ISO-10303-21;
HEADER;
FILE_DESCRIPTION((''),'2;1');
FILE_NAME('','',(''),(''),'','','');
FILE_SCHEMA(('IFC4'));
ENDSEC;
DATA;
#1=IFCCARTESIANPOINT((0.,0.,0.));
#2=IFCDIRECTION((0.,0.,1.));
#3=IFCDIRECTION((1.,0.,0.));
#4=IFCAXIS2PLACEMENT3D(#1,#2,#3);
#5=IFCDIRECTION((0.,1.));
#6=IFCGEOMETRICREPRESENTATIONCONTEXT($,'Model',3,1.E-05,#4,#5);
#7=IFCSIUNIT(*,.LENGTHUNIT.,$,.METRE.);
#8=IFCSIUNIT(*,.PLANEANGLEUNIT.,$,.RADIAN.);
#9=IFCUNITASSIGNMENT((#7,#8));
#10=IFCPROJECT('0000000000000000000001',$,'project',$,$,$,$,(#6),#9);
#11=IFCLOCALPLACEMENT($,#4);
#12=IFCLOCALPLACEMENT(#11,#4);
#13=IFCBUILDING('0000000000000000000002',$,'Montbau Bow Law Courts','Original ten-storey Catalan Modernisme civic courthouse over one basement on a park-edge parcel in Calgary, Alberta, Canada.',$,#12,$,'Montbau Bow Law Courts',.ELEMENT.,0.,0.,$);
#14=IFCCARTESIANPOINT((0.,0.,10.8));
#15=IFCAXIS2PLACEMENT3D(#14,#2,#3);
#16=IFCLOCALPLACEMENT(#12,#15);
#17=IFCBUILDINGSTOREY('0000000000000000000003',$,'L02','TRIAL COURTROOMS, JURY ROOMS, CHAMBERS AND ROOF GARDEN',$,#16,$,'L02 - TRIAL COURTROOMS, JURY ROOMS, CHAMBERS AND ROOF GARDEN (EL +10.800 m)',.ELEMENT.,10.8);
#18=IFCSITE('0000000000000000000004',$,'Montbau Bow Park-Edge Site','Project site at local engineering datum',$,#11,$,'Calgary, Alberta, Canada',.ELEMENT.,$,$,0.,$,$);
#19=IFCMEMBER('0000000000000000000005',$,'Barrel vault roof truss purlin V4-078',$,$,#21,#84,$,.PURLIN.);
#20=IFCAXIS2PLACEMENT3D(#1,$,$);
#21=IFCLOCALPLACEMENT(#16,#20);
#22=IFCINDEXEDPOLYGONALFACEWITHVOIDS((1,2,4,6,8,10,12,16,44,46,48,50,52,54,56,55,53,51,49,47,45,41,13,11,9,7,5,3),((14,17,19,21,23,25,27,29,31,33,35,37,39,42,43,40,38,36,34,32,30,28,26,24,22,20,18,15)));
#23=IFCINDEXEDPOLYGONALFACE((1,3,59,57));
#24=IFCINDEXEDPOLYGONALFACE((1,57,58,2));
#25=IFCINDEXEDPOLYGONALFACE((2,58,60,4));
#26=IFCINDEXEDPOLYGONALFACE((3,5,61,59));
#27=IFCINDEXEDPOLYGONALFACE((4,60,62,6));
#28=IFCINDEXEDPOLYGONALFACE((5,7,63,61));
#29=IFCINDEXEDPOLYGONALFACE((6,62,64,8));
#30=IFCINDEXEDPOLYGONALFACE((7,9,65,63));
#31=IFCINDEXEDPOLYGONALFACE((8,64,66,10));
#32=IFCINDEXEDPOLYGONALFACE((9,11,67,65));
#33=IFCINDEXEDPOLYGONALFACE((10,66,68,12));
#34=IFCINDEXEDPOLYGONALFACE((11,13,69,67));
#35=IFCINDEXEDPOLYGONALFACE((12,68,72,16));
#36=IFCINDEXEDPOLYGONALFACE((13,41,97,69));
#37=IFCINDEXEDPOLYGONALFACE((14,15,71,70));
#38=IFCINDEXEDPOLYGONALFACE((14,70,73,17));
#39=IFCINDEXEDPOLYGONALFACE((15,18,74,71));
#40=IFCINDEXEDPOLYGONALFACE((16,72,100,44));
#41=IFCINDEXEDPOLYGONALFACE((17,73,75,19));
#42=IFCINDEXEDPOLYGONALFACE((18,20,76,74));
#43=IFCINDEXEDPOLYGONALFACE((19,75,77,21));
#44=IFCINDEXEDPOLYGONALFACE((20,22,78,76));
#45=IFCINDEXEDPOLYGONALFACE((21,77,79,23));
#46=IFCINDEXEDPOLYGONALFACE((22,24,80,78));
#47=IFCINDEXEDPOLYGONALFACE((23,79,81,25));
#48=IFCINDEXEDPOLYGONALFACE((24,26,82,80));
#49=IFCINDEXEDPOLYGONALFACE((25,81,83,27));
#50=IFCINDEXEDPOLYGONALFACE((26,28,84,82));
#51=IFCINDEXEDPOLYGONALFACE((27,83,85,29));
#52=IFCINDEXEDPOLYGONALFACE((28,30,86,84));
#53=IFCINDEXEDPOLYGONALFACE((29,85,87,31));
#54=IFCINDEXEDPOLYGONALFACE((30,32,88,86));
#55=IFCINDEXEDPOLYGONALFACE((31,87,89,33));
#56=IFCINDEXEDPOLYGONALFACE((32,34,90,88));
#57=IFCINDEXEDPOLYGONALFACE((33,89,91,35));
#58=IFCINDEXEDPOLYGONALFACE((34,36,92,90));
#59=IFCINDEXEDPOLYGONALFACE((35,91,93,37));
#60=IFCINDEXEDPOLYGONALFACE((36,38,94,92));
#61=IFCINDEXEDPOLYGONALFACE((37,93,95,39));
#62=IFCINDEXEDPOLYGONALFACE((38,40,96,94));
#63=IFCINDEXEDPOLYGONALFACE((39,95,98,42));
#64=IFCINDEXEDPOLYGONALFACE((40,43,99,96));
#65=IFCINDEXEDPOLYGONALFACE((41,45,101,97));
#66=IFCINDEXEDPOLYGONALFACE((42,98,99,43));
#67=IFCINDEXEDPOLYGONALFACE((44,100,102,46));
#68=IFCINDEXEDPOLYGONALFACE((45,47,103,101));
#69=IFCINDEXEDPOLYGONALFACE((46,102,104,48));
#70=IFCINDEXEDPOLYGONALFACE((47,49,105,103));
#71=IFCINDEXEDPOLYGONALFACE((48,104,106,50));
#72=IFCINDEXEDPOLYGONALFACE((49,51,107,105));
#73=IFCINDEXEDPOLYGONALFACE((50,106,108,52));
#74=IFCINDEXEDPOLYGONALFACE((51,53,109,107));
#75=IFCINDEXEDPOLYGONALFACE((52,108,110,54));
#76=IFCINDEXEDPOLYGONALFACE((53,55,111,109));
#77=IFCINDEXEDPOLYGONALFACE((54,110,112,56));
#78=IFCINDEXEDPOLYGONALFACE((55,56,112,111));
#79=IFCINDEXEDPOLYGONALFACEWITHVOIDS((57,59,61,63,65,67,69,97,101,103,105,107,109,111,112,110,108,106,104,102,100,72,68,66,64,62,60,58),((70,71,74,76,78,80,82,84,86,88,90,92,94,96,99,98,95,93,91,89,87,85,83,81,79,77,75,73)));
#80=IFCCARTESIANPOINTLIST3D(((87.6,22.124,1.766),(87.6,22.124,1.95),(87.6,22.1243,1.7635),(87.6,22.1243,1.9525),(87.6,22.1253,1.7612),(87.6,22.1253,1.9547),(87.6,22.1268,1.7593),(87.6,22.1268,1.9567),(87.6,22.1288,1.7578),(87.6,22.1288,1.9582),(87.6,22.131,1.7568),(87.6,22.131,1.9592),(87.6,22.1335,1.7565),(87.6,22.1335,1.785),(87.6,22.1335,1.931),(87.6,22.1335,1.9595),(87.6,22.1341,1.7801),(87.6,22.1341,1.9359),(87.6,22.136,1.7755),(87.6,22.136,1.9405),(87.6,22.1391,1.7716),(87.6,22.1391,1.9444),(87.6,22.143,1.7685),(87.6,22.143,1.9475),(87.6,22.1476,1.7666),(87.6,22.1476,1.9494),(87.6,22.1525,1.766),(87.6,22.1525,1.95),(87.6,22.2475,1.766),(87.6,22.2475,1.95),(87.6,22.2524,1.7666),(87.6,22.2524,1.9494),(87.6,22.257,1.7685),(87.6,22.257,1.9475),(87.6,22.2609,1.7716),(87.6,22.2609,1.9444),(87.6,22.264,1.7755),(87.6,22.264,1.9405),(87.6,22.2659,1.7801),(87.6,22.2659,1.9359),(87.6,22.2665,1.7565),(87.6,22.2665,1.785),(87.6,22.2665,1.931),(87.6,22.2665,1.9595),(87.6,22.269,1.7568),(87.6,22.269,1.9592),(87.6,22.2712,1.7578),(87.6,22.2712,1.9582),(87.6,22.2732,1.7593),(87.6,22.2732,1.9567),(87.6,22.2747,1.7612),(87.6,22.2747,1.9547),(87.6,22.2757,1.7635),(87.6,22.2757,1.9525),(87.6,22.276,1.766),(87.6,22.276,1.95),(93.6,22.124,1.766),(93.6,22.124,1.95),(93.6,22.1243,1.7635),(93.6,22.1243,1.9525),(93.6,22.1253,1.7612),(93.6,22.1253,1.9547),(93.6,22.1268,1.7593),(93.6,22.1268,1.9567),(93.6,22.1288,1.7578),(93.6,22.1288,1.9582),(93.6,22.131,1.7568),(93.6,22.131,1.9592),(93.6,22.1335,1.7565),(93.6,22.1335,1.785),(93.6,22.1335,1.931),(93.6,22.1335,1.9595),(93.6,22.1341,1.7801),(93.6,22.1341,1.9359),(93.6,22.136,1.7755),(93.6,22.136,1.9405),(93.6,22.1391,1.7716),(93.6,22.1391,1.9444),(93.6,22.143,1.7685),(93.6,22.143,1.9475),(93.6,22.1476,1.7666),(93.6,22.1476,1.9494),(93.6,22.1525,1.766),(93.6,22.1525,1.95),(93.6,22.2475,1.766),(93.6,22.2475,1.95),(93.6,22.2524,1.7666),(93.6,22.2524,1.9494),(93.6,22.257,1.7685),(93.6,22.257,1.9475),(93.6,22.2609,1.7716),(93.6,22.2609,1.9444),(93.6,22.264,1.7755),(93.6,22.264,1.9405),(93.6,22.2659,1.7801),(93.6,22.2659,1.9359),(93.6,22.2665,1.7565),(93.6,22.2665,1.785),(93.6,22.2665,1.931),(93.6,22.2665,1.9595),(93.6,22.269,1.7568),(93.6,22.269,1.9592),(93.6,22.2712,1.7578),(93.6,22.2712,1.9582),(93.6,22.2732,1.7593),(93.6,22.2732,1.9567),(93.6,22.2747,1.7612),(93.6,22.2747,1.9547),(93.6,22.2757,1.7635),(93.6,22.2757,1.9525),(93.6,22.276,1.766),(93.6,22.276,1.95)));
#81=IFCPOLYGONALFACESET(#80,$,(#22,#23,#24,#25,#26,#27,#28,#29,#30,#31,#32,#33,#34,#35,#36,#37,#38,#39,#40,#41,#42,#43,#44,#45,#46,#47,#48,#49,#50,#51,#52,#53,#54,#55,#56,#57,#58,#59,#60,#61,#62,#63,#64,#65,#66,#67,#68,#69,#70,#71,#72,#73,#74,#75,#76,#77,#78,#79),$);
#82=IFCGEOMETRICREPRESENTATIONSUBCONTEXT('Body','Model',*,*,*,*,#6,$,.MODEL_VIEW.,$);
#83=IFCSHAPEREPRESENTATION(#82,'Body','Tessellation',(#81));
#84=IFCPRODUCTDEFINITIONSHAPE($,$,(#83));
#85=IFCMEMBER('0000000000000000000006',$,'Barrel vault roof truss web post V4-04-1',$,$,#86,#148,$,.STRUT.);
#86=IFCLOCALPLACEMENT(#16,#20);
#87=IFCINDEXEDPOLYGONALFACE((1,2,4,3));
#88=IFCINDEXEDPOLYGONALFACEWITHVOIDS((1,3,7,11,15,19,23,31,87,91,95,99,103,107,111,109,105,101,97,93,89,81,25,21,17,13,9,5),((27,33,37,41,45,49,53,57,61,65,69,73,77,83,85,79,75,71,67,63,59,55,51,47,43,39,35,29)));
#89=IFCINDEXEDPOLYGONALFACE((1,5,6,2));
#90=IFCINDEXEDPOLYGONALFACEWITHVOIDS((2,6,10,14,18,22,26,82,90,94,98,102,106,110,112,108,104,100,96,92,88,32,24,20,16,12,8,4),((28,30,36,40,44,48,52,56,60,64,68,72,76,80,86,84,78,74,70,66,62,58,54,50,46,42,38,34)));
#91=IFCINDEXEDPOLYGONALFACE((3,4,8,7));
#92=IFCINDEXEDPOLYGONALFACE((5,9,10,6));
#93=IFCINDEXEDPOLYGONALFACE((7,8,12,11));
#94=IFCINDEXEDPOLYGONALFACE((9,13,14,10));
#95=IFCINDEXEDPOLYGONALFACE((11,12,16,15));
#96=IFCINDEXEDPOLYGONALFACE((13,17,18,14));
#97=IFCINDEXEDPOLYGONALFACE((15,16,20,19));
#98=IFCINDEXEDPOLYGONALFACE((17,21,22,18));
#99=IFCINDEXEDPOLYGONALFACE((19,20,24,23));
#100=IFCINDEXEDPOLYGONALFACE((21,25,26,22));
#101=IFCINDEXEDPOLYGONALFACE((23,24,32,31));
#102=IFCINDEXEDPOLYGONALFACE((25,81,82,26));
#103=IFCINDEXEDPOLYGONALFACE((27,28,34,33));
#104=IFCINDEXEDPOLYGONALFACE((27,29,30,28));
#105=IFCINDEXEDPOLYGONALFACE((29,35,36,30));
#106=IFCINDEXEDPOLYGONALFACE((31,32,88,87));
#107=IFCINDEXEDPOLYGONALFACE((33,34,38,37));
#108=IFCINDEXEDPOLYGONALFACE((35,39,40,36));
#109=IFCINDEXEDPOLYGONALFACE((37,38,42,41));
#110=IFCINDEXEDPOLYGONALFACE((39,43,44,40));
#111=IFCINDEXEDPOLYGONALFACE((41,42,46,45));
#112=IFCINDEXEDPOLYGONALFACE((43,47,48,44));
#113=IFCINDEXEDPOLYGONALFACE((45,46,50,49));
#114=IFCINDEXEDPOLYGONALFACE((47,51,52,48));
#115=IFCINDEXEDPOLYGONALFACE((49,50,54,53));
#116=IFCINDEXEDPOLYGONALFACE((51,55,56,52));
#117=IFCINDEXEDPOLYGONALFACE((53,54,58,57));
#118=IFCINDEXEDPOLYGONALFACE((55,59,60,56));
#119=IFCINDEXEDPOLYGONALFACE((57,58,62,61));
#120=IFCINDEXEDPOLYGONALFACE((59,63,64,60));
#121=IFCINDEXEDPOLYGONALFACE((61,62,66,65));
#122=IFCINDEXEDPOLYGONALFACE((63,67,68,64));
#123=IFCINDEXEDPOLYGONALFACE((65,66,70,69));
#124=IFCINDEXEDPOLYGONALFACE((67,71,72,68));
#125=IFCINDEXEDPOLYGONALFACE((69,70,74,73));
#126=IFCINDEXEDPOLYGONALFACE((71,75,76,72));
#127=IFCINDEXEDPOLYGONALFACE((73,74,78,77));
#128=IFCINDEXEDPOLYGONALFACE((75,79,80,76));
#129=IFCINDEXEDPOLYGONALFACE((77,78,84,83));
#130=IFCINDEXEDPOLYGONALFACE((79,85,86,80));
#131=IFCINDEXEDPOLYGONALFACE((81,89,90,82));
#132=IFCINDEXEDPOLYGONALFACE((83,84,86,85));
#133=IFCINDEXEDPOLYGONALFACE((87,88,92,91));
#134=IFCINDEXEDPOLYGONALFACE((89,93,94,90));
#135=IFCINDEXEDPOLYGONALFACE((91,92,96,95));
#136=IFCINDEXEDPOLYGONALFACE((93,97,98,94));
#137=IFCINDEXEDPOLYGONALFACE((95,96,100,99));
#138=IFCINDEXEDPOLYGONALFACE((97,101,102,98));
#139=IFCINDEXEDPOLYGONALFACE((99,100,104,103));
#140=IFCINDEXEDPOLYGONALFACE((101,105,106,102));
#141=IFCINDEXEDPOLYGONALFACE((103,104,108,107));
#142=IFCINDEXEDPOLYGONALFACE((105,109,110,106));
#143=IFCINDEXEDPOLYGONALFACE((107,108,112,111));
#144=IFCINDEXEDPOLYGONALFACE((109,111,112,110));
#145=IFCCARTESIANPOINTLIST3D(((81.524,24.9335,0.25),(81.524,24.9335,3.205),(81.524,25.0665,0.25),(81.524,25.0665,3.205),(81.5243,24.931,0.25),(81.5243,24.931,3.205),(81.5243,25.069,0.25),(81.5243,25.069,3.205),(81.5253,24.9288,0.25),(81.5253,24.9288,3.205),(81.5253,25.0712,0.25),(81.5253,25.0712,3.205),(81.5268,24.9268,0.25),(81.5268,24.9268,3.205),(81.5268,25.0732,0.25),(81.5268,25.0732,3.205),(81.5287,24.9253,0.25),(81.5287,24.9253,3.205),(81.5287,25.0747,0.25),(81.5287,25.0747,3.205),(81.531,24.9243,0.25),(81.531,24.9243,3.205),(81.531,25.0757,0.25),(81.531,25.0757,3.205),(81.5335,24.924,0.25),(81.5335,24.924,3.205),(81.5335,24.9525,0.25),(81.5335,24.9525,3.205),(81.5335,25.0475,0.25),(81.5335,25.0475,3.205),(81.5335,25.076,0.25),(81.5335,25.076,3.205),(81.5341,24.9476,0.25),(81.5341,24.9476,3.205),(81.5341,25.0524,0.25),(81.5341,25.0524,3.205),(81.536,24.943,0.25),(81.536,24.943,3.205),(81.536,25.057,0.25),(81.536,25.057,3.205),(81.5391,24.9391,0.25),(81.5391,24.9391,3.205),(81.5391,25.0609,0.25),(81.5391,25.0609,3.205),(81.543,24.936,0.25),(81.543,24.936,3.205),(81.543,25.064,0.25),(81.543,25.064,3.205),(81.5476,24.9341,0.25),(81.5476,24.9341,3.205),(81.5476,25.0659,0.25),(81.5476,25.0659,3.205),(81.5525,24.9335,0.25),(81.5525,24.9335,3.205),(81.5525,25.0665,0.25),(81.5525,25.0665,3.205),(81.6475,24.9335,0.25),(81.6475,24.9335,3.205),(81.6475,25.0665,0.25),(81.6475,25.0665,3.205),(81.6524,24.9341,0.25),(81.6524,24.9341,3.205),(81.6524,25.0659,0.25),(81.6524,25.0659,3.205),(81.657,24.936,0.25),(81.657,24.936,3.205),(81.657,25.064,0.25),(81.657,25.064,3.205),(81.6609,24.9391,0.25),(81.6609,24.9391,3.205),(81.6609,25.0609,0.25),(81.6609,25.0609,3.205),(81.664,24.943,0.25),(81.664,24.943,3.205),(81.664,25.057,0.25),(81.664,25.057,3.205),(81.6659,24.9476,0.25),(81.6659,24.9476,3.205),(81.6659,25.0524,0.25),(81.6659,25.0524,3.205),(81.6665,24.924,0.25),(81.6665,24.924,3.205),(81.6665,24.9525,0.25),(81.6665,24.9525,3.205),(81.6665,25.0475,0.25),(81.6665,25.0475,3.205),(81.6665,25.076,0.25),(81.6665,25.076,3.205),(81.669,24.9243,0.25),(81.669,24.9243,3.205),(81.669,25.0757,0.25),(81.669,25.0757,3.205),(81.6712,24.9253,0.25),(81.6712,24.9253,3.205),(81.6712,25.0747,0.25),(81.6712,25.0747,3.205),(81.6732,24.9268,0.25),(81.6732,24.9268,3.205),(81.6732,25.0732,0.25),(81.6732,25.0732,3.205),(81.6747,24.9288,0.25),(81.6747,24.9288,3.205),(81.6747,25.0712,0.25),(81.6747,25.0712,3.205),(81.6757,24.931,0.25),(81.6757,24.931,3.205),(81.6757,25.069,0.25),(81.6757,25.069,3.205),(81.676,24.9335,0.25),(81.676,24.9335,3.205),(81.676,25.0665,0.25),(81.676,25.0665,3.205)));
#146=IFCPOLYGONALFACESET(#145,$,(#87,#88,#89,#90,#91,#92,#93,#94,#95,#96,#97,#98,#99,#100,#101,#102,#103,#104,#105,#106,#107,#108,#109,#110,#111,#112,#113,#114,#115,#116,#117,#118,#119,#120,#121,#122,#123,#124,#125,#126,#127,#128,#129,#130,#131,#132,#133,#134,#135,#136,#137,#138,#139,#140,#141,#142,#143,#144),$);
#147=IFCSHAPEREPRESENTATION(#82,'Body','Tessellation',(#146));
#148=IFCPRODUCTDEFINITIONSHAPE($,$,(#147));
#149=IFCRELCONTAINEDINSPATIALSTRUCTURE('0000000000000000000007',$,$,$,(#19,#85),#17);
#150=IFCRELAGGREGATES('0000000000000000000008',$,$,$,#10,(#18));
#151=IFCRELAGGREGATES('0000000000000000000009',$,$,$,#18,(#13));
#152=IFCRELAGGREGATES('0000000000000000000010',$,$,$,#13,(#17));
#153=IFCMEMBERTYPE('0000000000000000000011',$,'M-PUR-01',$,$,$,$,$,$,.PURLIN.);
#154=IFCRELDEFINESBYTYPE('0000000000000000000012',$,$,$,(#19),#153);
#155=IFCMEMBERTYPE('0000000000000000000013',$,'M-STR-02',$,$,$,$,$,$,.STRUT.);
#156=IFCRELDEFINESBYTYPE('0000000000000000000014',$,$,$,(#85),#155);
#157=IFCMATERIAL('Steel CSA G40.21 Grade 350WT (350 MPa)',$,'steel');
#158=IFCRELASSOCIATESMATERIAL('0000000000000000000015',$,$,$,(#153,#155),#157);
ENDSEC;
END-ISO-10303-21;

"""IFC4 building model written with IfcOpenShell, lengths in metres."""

from ifc_helpers import new_model, si_unit, direction, frame, origin_with_axes, origin_2d_with_axis, place, context, subcontext, project, spatial, hollow_rectangle, extrude, material, material_profile, profile_set, type_object, element, save


model = new_model("IFC4")

# Units and contexts
model_context = context("Model", 3, precision=1e-05, world=origin_with_axes(), true_north=direction((0.0, 1.0)))
body_context = subcontext(model_context, "Body", "Model", "MODEL_VIEW")
ifc_project = project(units=[si_unit("LENGTHUNIT", "METRE"), si_unit("PLANEANGLEUNIT", "RADIAN")], contexts=[model_context])

# Site, building, storey
site_placement = place(None, origin_with_axes())
site = spatial("IfcSite", under=ifc_project, at=site_placement, Name="Montbau Bow Park-Edge Site", Description="Project site at local engineering datum", LongName="Calgary, Alberta, Canada", CompositionType="ELEMENT", RefElevation=0.0)
building_placement = place(site_placement, origin_with_axes())
building = spatial("IfcBuilding", under=site, at=building_placement, Name="Montbau Bow Law Courts", Description="Original ten-storey Catalan Modernisme civic courthouse over one basement on a park-edge parcel in Calgary, Alberta, Canada.", LongName="Montbau Bow Law Courts", CompositionType="ELEMENT", ElevationOfRefHeight=0.0, ElevationOfTerrain=0.0)
storey_placement = place(building_placement, frame((0.0, 0.0, 10.8), z_axis=(0.0, 0.0, 1.0), x_axis=(1.0, 0.0, 0.0)))
storey = spatial("IfcBuildingStorey", under=building, at=storey_placement, Name="L02", Description="TRIAL COURTROOMS, JURY ROOMS, CHAMBERS AND ROOF GARDEN", LongName="L02 - TRIAL COURTROOMS, JURY ROOMS, CHAMBERS AND ROOF GARDEN (EL +10.800 m)", CompositionType="ELEMENT", Elevation=10.8)

# Shared definitions
ifc_material_1 = material(Name="Steel CSA G40.21 Grade 350WT (350 MPa)", Category="steel")

# Members
ifc_material_profile_1 = material_profile(ifc_material_1, hollow_rectangle(XDim=0.152, YDim=0.203, WallThickness=0.0095, InnerFilletRadius=0.019, OuterFilletRadius=0.0095, at=origin_2d_with_axis()), Name="HSS203X152X9.5", Category="Main", Priority=0)
ifc_profile_set_1 = profile_set([ifc_material_profile_1], Name="Steel CSA G40.21 Grade 350WT (350 MPa)")
member_type_1 = type_object("IfcMemberType", Name="M-PUR-01", PredefinedType="PURLIN", material=ifc_profile_set_1)
for number, where, z_axis, x_axis, name in (
    (1, (87.6, 22.2, 12.658), (1.0, 0.0, 0.0), (0.0, 1.0, 0.0), "Barrel vault roof truss purlin V4-078"),
):
    element("IfcMember", number, at=place(None, frame(where, z_axis=z_axis, x_axis=x_axis)), inside=storey, type_object=member_type_1, Name=name, PredefinedType="PURLIN", context=body_context, shape_type="SweptSolid", body=[
        extrude(hollow_rectangle(XDim=0.152, YDim=0.203, WallThickness=0.0095, InnerFilletRadius=0.019, OuterFilletRadius=0.0095, at=origin_2d_with_axis()), origin_with_axes(), (0.0, 0.0, 1.0), 6.0),
    ])
ifc_material_profile_2 = material_profile(ifc_material_1, hollow_rectangle(XDim=0.152, YDim=0.152, WallThickness=0.0095, InnerFilletRadius=0.019, OuterFilletRadius=0.0095, at=origin_2d_with_axis()), Name="HSS152X152X9.5", Category="Main", Priority=0)
ifc_profile_set_2 = profile_set([ifc_material_profile_2], Name="Steel CSA G40.21 Grade 350WT (350 MPa)")
member_type_2 = type_object("IfcMemberType", Name="M-STR-02", PredefinedType="STRUT", material=ifc_profile_set_2)
member_1_placement = place(None, frame((81.6, 25.0, 11.05), z_axis=(0.0, 0.0, 1.0), x_axis=(1.0, 0.0, 0.0)))
element("IfcMember", 2, at=member_1_placement, inside=storey, type_object=member_type_2, Name="Barrel vault roof truss web post V4-04-1", PredefinedType="STRUT", context=body_context, shape_type="SweptSolid", body=[
    extrude(hollow_rectangle(XDim=0.152, YDim=0.152, WallThickness=0.0095, InnerFilletRadius=0.019, OuterFilletRadius=0.0095, at=origin_2d_with_axis()), origin_with_axes(), (0.0, 0.0, 1.0), 2.955),
])

save(model, "model.ifc")
